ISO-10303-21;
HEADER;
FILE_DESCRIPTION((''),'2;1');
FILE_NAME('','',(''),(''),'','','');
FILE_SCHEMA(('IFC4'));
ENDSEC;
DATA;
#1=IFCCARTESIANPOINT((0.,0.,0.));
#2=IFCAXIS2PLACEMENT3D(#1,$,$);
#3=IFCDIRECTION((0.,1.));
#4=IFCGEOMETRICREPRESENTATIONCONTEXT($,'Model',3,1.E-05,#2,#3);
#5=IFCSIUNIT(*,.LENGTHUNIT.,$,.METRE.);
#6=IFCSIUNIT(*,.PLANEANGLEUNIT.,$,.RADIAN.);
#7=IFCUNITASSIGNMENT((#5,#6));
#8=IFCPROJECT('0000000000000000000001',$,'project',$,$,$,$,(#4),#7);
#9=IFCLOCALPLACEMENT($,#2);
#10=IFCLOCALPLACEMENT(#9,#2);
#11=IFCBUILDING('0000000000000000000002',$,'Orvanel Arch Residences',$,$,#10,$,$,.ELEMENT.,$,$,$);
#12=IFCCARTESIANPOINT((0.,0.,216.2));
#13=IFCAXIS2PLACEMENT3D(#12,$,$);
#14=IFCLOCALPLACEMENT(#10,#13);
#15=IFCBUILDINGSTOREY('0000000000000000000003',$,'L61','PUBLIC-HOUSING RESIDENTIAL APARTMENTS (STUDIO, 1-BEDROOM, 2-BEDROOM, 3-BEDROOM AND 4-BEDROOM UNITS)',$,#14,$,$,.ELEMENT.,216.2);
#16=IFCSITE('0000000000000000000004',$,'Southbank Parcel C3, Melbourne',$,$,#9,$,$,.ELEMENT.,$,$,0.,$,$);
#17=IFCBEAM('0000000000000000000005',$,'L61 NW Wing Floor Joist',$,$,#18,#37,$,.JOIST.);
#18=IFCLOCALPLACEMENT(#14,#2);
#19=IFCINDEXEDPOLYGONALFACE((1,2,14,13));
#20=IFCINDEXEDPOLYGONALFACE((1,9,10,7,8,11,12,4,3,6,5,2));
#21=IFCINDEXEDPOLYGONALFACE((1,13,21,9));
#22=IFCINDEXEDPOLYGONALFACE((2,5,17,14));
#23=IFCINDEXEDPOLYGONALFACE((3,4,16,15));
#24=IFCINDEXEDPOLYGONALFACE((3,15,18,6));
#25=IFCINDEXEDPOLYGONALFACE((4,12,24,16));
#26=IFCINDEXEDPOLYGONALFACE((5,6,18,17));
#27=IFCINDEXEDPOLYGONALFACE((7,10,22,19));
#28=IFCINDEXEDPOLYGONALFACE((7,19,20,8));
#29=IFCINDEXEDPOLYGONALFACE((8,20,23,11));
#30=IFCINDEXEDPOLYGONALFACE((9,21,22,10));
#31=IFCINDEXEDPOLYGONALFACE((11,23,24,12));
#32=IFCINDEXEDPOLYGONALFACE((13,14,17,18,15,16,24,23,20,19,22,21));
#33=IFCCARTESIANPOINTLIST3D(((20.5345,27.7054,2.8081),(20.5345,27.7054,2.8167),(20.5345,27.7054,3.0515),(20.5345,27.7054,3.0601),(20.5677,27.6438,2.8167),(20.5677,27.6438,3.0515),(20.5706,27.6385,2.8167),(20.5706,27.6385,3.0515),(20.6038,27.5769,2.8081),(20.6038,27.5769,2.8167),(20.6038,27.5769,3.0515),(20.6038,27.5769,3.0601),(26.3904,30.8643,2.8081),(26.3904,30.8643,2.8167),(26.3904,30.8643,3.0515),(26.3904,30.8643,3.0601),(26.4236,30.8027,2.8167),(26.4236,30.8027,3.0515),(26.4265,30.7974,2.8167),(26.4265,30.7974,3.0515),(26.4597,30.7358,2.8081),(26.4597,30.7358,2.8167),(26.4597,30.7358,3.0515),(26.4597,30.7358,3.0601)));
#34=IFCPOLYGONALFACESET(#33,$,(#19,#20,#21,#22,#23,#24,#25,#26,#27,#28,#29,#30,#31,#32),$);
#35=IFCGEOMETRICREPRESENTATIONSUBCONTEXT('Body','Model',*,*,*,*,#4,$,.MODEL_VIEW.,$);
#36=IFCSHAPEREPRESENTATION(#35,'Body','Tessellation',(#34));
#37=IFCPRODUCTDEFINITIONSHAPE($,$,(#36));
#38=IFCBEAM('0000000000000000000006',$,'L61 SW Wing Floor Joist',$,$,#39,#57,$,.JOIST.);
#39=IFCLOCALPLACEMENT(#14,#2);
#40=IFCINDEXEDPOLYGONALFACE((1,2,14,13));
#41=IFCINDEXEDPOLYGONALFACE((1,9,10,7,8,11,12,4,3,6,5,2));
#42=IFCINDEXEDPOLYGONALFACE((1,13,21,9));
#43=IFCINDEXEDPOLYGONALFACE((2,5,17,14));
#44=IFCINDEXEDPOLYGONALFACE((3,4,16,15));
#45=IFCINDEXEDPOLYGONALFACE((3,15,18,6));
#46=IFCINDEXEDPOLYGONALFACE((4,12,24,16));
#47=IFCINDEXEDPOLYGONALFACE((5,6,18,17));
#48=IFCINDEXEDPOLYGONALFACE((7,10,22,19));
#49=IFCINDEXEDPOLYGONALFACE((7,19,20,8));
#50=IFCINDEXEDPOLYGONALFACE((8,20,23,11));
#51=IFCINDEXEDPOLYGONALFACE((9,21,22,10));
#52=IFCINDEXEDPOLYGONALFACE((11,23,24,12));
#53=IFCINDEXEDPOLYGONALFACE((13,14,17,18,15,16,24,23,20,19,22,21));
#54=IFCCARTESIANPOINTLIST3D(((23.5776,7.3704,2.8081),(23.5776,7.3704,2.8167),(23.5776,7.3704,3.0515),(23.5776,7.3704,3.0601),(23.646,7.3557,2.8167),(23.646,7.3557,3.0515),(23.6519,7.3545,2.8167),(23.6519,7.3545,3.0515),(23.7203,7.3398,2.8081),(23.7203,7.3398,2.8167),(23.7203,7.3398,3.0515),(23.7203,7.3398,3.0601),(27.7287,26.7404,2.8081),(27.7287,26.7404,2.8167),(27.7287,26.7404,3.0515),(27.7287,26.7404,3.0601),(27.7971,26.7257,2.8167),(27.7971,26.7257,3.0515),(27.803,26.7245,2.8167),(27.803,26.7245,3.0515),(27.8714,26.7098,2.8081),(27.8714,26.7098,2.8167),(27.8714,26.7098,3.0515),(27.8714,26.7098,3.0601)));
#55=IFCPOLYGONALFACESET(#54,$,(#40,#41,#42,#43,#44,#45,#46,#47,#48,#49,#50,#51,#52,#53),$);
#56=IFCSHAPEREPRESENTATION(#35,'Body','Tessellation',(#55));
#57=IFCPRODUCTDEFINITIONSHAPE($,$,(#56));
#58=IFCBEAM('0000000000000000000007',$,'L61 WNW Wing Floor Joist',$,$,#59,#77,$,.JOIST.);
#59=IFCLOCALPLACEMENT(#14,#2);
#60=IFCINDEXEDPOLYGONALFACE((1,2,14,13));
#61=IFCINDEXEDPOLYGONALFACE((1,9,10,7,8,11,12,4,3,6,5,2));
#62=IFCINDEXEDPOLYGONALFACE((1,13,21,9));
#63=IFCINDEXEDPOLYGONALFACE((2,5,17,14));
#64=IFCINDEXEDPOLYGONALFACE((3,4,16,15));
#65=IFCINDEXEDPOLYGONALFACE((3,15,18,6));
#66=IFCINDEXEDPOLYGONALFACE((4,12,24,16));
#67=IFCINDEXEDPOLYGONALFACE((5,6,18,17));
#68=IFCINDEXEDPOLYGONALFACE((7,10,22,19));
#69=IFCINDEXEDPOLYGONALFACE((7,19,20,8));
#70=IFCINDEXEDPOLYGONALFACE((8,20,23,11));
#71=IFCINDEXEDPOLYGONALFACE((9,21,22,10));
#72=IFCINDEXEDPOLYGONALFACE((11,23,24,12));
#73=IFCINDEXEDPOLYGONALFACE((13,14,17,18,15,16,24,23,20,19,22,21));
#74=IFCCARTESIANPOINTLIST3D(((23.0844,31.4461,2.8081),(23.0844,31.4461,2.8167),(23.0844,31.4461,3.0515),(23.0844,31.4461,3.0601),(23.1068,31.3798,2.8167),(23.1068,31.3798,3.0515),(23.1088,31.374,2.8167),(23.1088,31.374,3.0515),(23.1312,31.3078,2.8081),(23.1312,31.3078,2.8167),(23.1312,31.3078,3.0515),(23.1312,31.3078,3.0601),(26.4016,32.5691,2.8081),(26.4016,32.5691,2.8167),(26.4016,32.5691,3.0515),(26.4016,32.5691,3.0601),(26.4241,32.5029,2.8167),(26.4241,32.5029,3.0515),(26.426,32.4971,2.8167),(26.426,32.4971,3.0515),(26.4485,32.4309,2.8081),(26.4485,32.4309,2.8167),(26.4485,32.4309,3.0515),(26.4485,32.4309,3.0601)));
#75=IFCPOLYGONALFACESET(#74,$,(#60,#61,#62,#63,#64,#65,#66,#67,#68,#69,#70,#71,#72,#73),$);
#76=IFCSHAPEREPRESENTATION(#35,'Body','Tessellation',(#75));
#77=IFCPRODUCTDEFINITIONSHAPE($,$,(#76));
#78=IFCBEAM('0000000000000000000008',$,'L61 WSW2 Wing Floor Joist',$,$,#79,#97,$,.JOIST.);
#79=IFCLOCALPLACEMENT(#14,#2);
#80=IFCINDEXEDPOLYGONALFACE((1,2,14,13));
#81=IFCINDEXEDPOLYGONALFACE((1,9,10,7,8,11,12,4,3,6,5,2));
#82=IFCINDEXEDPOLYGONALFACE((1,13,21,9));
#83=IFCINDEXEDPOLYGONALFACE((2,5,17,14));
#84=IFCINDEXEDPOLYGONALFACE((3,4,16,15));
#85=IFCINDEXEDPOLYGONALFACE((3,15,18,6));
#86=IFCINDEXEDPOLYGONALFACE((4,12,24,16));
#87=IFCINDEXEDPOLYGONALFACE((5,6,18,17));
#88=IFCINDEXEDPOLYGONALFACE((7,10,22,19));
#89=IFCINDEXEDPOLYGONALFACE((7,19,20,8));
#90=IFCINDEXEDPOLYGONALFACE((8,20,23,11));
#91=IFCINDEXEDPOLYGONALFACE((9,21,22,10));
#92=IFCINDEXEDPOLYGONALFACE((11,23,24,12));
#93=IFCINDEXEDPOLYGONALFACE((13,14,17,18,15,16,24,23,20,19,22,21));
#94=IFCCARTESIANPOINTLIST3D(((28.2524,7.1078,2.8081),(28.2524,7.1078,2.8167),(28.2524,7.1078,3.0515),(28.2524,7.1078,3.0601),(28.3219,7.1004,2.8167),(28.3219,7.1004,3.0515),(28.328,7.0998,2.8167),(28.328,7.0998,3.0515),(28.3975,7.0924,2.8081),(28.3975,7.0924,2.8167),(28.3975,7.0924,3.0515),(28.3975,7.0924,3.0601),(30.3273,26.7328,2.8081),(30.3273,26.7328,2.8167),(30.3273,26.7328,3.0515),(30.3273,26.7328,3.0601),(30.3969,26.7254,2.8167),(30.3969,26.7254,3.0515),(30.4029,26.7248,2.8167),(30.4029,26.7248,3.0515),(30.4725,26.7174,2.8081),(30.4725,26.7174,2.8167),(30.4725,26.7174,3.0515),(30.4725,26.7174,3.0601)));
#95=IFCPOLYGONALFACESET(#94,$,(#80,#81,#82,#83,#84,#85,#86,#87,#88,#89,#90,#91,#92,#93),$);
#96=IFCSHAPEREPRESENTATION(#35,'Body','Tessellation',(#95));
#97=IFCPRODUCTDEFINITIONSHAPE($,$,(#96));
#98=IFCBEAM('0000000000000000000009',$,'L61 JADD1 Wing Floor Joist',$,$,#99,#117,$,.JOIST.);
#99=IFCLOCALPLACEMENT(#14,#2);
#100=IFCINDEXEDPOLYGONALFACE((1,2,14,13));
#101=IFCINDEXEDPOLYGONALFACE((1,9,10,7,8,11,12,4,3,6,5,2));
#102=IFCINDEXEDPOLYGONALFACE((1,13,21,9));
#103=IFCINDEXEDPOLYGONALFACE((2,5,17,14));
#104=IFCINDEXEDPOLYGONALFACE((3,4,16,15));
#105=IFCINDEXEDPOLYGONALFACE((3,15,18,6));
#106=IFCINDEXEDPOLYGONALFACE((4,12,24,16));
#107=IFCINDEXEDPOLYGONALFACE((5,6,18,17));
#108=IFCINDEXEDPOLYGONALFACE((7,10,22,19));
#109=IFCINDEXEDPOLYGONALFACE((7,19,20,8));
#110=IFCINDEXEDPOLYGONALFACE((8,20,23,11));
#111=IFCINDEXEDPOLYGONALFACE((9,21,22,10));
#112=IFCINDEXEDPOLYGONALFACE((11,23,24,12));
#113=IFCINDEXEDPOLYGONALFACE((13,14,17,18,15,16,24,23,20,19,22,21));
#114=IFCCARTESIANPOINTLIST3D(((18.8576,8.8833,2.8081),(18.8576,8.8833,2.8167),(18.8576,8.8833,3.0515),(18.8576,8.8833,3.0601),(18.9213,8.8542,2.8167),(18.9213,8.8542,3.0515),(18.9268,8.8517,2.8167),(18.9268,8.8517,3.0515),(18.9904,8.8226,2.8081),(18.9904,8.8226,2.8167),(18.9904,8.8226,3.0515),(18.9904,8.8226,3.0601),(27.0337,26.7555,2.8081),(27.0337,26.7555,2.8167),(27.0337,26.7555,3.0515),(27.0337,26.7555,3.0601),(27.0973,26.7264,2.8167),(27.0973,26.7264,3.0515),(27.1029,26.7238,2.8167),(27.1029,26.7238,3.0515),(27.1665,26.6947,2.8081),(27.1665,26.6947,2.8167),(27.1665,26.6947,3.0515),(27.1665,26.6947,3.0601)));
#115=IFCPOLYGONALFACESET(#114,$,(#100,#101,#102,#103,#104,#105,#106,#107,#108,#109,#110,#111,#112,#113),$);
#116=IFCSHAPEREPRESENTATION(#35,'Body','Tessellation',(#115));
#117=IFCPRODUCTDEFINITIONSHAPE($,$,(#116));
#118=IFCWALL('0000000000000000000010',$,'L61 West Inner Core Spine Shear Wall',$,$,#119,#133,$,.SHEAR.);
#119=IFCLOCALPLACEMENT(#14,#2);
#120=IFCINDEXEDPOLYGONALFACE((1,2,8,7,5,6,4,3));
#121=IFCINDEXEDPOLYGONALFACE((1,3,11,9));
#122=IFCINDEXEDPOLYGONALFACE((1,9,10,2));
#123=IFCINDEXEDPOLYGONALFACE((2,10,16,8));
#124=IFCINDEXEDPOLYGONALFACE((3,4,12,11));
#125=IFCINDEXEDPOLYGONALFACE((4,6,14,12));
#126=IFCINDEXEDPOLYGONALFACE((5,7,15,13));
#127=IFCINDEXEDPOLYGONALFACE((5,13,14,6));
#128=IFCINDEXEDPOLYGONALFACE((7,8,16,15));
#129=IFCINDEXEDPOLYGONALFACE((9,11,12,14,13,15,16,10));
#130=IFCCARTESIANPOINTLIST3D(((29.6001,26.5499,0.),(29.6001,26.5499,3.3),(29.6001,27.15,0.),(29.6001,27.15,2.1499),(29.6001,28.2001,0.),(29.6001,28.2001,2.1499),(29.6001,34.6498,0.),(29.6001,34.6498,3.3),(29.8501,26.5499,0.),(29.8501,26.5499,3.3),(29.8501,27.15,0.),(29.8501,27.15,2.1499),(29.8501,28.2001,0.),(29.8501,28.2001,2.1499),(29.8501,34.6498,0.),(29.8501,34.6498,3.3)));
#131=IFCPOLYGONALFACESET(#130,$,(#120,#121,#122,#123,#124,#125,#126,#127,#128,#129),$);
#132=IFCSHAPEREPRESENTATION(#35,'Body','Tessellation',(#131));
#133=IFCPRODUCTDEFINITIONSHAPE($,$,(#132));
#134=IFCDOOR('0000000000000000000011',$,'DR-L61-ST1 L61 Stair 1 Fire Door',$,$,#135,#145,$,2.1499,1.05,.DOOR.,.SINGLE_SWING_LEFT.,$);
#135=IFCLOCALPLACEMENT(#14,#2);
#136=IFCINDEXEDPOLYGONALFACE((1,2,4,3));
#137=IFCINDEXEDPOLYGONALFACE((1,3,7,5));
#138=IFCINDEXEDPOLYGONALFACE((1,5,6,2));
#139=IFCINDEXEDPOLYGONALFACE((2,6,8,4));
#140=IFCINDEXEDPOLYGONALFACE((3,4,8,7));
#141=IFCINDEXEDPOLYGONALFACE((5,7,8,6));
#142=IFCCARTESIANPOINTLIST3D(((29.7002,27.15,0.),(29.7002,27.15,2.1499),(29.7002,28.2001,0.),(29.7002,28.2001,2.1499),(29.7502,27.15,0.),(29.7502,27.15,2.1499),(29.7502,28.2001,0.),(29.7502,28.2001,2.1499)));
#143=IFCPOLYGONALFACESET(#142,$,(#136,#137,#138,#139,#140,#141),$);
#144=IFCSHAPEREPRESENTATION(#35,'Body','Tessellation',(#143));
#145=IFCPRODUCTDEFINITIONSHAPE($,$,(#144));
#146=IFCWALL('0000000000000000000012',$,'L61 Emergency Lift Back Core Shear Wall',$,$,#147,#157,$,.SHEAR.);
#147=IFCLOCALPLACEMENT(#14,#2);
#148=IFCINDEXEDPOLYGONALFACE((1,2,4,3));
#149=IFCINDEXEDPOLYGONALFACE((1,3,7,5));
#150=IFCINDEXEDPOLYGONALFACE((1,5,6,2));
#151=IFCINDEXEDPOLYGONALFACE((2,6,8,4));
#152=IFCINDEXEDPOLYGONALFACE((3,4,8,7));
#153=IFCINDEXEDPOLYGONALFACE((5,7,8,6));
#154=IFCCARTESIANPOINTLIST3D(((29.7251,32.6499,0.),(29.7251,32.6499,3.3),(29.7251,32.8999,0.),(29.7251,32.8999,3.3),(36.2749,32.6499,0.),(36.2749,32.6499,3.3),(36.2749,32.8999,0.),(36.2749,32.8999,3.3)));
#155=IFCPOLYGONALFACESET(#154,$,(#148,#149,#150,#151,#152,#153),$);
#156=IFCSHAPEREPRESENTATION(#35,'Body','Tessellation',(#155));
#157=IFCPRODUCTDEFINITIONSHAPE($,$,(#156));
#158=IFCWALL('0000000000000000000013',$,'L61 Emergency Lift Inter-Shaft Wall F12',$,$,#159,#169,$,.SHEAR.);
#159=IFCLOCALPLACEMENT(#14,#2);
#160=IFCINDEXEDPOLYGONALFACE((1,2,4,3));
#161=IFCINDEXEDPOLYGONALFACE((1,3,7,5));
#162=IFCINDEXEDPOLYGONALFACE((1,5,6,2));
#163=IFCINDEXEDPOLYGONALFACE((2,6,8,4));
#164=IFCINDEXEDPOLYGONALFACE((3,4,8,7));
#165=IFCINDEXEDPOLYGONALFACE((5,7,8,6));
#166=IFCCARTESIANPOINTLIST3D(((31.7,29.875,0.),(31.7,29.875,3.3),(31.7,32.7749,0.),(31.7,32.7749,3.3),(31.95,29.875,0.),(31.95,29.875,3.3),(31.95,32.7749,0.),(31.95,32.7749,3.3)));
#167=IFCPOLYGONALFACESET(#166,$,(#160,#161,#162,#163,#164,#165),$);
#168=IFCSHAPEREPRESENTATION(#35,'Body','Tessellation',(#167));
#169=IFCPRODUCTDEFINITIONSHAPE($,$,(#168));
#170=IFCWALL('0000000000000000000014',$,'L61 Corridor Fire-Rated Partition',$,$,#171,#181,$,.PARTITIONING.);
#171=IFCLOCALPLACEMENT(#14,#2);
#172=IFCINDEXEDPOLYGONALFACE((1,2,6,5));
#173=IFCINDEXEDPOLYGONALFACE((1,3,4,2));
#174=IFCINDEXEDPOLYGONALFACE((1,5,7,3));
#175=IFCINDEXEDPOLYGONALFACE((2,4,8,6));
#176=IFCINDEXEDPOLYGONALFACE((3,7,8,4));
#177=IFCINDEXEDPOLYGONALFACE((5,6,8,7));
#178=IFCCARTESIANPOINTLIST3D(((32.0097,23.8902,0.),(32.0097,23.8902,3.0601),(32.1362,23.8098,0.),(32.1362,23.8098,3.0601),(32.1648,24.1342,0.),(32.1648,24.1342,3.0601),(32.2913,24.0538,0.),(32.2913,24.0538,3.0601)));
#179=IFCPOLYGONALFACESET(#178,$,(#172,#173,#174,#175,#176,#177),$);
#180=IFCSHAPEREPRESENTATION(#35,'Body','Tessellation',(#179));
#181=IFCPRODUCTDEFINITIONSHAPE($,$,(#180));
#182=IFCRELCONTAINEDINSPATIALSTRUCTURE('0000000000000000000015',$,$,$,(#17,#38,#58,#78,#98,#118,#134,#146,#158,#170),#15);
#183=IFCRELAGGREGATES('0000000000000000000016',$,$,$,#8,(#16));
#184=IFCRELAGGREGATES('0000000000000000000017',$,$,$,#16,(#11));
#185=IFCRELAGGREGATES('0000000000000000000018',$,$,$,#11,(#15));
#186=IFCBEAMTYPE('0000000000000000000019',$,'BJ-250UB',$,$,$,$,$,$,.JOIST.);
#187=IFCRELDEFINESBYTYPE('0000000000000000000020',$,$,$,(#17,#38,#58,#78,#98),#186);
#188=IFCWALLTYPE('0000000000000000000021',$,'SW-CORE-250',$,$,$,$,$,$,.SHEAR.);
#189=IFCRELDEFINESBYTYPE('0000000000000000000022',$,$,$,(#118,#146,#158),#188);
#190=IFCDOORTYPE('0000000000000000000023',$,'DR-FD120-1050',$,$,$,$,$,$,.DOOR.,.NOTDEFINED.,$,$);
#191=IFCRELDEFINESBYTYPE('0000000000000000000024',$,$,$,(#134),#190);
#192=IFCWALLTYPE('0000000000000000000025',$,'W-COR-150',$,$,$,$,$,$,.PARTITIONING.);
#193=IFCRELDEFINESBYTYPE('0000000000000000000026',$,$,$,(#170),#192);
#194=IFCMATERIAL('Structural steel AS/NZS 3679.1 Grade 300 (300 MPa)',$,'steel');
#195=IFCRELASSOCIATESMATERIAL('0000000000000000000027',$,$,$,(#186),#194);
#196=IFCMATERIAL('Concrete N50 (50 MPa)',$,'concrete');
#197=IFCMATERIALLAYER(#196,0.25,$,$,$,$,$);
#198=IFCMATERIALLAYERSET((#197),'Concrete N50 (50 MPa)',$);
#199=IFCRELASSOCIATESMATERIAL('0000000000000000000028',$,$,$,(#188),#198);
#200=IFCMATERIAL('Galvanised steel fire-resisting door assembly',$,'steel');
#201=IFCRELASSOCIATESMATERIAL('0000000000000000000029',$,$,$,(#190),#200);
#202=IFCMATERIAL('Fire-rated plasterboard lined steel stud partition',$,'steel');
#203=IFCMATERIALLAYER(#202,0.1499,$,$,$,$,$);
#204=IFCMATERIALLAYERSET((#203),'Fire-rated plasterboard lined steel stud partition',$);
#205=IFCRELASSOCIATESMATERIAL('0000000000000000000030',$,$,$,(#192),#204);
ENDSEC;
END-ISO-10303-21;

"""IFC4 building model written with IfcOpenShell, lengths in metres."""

from ifc_helpers import new_model, si_unit, direction, frame, frame_2d, origin, origin_2d, place, context, subcontext, project, spatial, rectangle, i_section, extrude, material, layer, layer_set, material_profile, profile_set, type_object, element, fill, save


model = new_model("IFC4")

# Units and contexts
model_context = context("Model", 3, precision=1e-05, world=origin(), true_north=direction((0.0, 1.0)))
body_context = subcontext(model_context, "Body", "Model", "MODEL_VIEW")
ifc_project = project(units=[si_unit("LENGTHUNIT", "METRE"), si_unit("PLANEANGLEUNIT", "RADIAN")], contexts=[model_context])

# Site, building, storey
site_placement = place(None, origin())
site = spatial("IfcSite", under=ifc_project, at=site_placement, Name="Southbank Parcel C3, Melbourne", CompositionType="ELEMENT", RefElevation=0.0)
building_placement = place(site_placement, origin())
building = spatial("IfcBuilding", under=site, at=building_placement, Name="Orvanel Arch Residences", CompositionType="ELEMENT")
storey_placement = place(building_placement, frame((0.0, 0.0, 216.2)))
storey = spatial("IfcBuildingStorey", under=building, at=storey_placement, Name="L61", Description="PUBLIC-HOUSING RESIDENTIAL APARTMENTS (STUDIO, 1-BEDROOM, 2-BEDROOM, 3-BEDROOM AND 4-BEDROOM UNITS)", CompositionType="ELEMENT", Elevation=216.2)

# Beams
ifc_material_1 = material(Name="Structural steel AS/NZS 3679.1 Grade 300 (300 MPa)", Category="steel")
ifc_material_profile = material_profile(ifc_material_1, i_section(OverallWidth=0.146, OverallDepth=0.252, WebThickness=0.0061, FlangeThickness=0.0085, at=origin_2d()), Name="250UB31.4")
ifc_profile_set = profile_set([ifc_material_profile], Name="Structural steel AS/NZS 3679.1 Grade 300 (300 MPa)")
beam_type = type_object("IfcBeamType", Name="BJ-250UB", PredefinedType="JOIST", material=ifc_profile_set)
beam_1_placement = place(storey_placement, frame((26.425, 30.8, 2.9341), z_axis=(-0.880111, -0.474767, 0.0), x_axis=(0.474767, -0.880111, 0.0)))
element("IfcBeam", 1, at=beam_1_placement, inside=storey, type_object=beam_type, Name="L61 NW Wing Floor Joist", PredefinedType="JOIST", context=body_context, shape_type="SweptSolid", body=[
    extrude(i_section(OverallWidth=0.146, OverallDepth=0.252, WebThickness=0.0061, FlangeThickness=0.0085, at=origin_2d()), origin(), (0.0, 0.0, 1.0), 6.6536),
])
beam_2_placement = place(storey_placement, frame((27.8, 26.7251, 2.9341), z_axis=(-0.209548, -0.977798, 0.0), x_axis=(0.977798, -0.209548, 0.0)))
element("IfcBeam", 2, at=beam_2_placement, inside=storey, type_object=beam_type, Name="L61 SW Wing Floor Joist", PredefinedType="JOIST", context=body_context, shape_type="SweptSolid", body=[
    extrude(i_section(OverallWidth=0.146, OverallDepth=0.252, WebThickness=0.0061, FlangeThickness=0.0085, at=origin_2d()), origin(), (0.0, 0.0, 1.0), 19.8098),
])
beam_3_placement = place(storey_placement, frame((26.425, 32.5, 2.9341), z_axis=(-0.947188, -0.320679, 0.0), x_axis=(0.320679, -0.947188, 0.0)))
element("IfcBeam", 3, at=beam_3_placement, inside=storey, type_object=beam_type, Name="L61 WNW Wing Floor Joist", PredefinedType="JOIST", context=body_context, shape_type="SweptSolid", body=[
    extrude(i_section(OverallWidth=0.146, OverallDepth=0.252, WebThickness=0.0061, FlangeThickness=0.0085, at=origin_2d()), origin(), (0.0, 0.0, 1.0), 3.5022),
])
beam_4_placement = place(storey_placement, frame((30.3999, 26.7251, 2.9341), z_axis=(-0.105144, -0.994457, 0.0), x_axis=(0.994457, -0.105144, 0.0)))
element("IfcBeam", 4, at=beam_4_placement, inside=storey, type_object=beam_type, Name="L61 WSW2 Wing Floor Joist", PredefinedType="JOIST", context=body_context, shape_type="SweptSolid", body=[
    extrude(i_section(OverallWidth=0.146, OverallDepth=0.252, WebThickness=0.0061, FlangeThickness=0.0085, at=origin_2d()), origin(), (0.0, 0.0, 1.0), 19.7344),
])
beam_5_placement = place(storey_placement, frame((27.1001, 26.7251, 2.9341), z_axis=(-0.41601, -0.90936, 0.0), x_axis=(0.90936, -0.41601, 0.0)))
element("IfcBeam", 5, at=beam_5_placement, inside=storey, type_object=beam_type, Name="L61 JADD1 Wing Floor Joist", PredefinedType="JOIST", context=body_context, shape_type="SweptSolid", body=[
    extrude(i_section(OverallWidth=0.146, OverallDepth=0.252, WebThickness=0.0061, FlangeThickness=0.0085, at=origin_2d()), origin(), (0.0, 0.0, 1.0), 19.6536),
])

# Wall, opening, door
ifc_material_2 = material(Name="Concrete N50 (50 MPa)", Category="concrete")
ifc_layer_1 = layer(ifc_material_2, 0.25)
ifc_layer_set_1 = layer_set([ifc_layer_1], Name="Concrete N50 (50 MPa)")
wall_type_1 = type_object("IfcWallType", Name="SW-CORE-250", PredefinedType="SHEAR", material=ifc_layer_set_1)
wall_1_placement = place(storey_placement, frame((29.7251, 26.55, 0.0), z_axis=(0.0, 0.0, 1.0), x_axis=(0.0, 1.0, 0.0)))
wall_1 = element("IfcWall", 6, at=wall_1_placement, inside=storey, type_object=wall_type_1, Name="L61 West Inner Core Spine Shear Wall", PredefinedType="SHEAR", context=body_context, shape_type="SweptSolid", body=[
    extrude(rectangle(XDim=8.0999, YDim=0.25, at=frame_2d((4.0498, 0.0))), origin(), (0.0, 0.0, 1.0), 3.3),
])
opening_placement = place(wall_1_placement, frame((0.6001, 0.0, 0.0)))
opening = element("IfcOpeningElement", 7, at=opening_placement, cuts=wall_1, PredefinedType="OPENING", context=body_context, shape_type="SweptSolid", body=[
    extrude(rectangle(XDim=1.05, YDim=2.1499, at=frame_2d((0.5249, 1.075))), frame((0.0, 0.135, 0.0), z_axis=(0.0, -1.0, 0.0), x_axis=(1.0, 0.0, 0.0)), (0.0, 0.0, 1.0), 0.27),
])
ifc_material_3 = material(Name="Galvanised steel fire-resisting door assembly", Category="steel")
door_type = type_object("IfcDoorType", Name="DR-FD120-1050", OperationType="NOTDEFINED", PredefinedType="DOOR", material=ifc_material_3)
door_placement = place(opening_placement, origin())
door = element("IfcDoor", 8, at=door_placement, inside=storey, type_object=door_type, Name="DR-L61-ST1 L61 Stair 1 Fire Door", OperationType="SINGLE_SWING_LEFT", OverallHeight=2.1499, OverallWidth=1.05, PredefinedType="DOOR", context=body_context, shape_type="SweptSolid", body=[
    extrude(rectangle(XDim=1.05, YDim=2.1499, at=frame_2d((0.5249, 1.075))), frame((0.0, 0.0249, 0.0), z_axis=(0.0, -1.0, 0.0), x_axis=(1.0, 0.0, 0.0)), (0.0, 0.0, 1.0), 0.05),
])
fill(opening, door)

# Walls
wall_2_placement = place(storey_placement, frame((29.7251, 32.7749, 0.0), z_axis=(0.0, 0.0, 1.0), x_axis=(1.0, 0.0, 0.0)))
element("IfcWall", 9, at=wall_2_placement, inside=storey, type_object=wall_type_1, Name="L61 Emergency Lift Back Core Shear Wall", PredefinedType="SHEAR", context=body_context, shape_type="SweptSolid", body=[
    extrude(rectangle(XDim=6.5498, YDim=0.25, at=frame_2d((3.2749, 0.0))), origin(), (0.0, 0.0, 1.0), 3.3),
])
wall_3_placement = place(storey_placement, frame((31.825, 29.875, 0.0), z_axis=(0.0, 0.0, 1.0), x_axis=(0.0, 1.0, 0.0)))
element("IfcWall", 10, at=wall_3_placement, inside=storey, type_object=wall_type_1, Name="L61 Emergency Lift Inter-Shaft Wall F12", PredefinedType="SHEAR", context=body_context, shape_type="SweptSolid", body=[
    extrude(rectangle(XDim=2.8999, YDim=0.25, at=frame_2d((1.45, 0.0))), origin(), (0.0, 0.0, 1.0), 3.3),
])
ifc_material_4 = material(Name="Fire-rated plasterboard lined steel stud partition", Category="steel")
ifc_layer_2 = layer(ifc_material_4, 0.1499)
ifc_layer_set_2 = layer_set([ifc_layer_2], Name="Fire-rated plasterboard lined steel stud partition")
wall_type_2 = type_object("IfcWallType", Name="W-COR-150", PredefinedType="PARTITIONING", material=ifc_layer_set_2)
wall_4_placement = place(storey_placement, frame((32.228, 24.094, 0.0), z_axis=(0.0, 0.0, 1.0), x_axis=(-0.536438, -0.84394, 0.0)))
element("IfcWall", 11, at=wall_4_placement, inside=storey, type_object=wall_type_2, Name="L61 Corridor Fire-Rated Partition", PredefinedType="PARTITIONING", context=body_context, shape_type="SweptSolid", body=[
    extrude(rectangle(XDim=0.2891, YDim=0.1499, at=frame_2d((0.1445, 0.0))), origin(), (0.0, 0.0, 1.0), 3.0601),
])

save(model, "model.ifc")
